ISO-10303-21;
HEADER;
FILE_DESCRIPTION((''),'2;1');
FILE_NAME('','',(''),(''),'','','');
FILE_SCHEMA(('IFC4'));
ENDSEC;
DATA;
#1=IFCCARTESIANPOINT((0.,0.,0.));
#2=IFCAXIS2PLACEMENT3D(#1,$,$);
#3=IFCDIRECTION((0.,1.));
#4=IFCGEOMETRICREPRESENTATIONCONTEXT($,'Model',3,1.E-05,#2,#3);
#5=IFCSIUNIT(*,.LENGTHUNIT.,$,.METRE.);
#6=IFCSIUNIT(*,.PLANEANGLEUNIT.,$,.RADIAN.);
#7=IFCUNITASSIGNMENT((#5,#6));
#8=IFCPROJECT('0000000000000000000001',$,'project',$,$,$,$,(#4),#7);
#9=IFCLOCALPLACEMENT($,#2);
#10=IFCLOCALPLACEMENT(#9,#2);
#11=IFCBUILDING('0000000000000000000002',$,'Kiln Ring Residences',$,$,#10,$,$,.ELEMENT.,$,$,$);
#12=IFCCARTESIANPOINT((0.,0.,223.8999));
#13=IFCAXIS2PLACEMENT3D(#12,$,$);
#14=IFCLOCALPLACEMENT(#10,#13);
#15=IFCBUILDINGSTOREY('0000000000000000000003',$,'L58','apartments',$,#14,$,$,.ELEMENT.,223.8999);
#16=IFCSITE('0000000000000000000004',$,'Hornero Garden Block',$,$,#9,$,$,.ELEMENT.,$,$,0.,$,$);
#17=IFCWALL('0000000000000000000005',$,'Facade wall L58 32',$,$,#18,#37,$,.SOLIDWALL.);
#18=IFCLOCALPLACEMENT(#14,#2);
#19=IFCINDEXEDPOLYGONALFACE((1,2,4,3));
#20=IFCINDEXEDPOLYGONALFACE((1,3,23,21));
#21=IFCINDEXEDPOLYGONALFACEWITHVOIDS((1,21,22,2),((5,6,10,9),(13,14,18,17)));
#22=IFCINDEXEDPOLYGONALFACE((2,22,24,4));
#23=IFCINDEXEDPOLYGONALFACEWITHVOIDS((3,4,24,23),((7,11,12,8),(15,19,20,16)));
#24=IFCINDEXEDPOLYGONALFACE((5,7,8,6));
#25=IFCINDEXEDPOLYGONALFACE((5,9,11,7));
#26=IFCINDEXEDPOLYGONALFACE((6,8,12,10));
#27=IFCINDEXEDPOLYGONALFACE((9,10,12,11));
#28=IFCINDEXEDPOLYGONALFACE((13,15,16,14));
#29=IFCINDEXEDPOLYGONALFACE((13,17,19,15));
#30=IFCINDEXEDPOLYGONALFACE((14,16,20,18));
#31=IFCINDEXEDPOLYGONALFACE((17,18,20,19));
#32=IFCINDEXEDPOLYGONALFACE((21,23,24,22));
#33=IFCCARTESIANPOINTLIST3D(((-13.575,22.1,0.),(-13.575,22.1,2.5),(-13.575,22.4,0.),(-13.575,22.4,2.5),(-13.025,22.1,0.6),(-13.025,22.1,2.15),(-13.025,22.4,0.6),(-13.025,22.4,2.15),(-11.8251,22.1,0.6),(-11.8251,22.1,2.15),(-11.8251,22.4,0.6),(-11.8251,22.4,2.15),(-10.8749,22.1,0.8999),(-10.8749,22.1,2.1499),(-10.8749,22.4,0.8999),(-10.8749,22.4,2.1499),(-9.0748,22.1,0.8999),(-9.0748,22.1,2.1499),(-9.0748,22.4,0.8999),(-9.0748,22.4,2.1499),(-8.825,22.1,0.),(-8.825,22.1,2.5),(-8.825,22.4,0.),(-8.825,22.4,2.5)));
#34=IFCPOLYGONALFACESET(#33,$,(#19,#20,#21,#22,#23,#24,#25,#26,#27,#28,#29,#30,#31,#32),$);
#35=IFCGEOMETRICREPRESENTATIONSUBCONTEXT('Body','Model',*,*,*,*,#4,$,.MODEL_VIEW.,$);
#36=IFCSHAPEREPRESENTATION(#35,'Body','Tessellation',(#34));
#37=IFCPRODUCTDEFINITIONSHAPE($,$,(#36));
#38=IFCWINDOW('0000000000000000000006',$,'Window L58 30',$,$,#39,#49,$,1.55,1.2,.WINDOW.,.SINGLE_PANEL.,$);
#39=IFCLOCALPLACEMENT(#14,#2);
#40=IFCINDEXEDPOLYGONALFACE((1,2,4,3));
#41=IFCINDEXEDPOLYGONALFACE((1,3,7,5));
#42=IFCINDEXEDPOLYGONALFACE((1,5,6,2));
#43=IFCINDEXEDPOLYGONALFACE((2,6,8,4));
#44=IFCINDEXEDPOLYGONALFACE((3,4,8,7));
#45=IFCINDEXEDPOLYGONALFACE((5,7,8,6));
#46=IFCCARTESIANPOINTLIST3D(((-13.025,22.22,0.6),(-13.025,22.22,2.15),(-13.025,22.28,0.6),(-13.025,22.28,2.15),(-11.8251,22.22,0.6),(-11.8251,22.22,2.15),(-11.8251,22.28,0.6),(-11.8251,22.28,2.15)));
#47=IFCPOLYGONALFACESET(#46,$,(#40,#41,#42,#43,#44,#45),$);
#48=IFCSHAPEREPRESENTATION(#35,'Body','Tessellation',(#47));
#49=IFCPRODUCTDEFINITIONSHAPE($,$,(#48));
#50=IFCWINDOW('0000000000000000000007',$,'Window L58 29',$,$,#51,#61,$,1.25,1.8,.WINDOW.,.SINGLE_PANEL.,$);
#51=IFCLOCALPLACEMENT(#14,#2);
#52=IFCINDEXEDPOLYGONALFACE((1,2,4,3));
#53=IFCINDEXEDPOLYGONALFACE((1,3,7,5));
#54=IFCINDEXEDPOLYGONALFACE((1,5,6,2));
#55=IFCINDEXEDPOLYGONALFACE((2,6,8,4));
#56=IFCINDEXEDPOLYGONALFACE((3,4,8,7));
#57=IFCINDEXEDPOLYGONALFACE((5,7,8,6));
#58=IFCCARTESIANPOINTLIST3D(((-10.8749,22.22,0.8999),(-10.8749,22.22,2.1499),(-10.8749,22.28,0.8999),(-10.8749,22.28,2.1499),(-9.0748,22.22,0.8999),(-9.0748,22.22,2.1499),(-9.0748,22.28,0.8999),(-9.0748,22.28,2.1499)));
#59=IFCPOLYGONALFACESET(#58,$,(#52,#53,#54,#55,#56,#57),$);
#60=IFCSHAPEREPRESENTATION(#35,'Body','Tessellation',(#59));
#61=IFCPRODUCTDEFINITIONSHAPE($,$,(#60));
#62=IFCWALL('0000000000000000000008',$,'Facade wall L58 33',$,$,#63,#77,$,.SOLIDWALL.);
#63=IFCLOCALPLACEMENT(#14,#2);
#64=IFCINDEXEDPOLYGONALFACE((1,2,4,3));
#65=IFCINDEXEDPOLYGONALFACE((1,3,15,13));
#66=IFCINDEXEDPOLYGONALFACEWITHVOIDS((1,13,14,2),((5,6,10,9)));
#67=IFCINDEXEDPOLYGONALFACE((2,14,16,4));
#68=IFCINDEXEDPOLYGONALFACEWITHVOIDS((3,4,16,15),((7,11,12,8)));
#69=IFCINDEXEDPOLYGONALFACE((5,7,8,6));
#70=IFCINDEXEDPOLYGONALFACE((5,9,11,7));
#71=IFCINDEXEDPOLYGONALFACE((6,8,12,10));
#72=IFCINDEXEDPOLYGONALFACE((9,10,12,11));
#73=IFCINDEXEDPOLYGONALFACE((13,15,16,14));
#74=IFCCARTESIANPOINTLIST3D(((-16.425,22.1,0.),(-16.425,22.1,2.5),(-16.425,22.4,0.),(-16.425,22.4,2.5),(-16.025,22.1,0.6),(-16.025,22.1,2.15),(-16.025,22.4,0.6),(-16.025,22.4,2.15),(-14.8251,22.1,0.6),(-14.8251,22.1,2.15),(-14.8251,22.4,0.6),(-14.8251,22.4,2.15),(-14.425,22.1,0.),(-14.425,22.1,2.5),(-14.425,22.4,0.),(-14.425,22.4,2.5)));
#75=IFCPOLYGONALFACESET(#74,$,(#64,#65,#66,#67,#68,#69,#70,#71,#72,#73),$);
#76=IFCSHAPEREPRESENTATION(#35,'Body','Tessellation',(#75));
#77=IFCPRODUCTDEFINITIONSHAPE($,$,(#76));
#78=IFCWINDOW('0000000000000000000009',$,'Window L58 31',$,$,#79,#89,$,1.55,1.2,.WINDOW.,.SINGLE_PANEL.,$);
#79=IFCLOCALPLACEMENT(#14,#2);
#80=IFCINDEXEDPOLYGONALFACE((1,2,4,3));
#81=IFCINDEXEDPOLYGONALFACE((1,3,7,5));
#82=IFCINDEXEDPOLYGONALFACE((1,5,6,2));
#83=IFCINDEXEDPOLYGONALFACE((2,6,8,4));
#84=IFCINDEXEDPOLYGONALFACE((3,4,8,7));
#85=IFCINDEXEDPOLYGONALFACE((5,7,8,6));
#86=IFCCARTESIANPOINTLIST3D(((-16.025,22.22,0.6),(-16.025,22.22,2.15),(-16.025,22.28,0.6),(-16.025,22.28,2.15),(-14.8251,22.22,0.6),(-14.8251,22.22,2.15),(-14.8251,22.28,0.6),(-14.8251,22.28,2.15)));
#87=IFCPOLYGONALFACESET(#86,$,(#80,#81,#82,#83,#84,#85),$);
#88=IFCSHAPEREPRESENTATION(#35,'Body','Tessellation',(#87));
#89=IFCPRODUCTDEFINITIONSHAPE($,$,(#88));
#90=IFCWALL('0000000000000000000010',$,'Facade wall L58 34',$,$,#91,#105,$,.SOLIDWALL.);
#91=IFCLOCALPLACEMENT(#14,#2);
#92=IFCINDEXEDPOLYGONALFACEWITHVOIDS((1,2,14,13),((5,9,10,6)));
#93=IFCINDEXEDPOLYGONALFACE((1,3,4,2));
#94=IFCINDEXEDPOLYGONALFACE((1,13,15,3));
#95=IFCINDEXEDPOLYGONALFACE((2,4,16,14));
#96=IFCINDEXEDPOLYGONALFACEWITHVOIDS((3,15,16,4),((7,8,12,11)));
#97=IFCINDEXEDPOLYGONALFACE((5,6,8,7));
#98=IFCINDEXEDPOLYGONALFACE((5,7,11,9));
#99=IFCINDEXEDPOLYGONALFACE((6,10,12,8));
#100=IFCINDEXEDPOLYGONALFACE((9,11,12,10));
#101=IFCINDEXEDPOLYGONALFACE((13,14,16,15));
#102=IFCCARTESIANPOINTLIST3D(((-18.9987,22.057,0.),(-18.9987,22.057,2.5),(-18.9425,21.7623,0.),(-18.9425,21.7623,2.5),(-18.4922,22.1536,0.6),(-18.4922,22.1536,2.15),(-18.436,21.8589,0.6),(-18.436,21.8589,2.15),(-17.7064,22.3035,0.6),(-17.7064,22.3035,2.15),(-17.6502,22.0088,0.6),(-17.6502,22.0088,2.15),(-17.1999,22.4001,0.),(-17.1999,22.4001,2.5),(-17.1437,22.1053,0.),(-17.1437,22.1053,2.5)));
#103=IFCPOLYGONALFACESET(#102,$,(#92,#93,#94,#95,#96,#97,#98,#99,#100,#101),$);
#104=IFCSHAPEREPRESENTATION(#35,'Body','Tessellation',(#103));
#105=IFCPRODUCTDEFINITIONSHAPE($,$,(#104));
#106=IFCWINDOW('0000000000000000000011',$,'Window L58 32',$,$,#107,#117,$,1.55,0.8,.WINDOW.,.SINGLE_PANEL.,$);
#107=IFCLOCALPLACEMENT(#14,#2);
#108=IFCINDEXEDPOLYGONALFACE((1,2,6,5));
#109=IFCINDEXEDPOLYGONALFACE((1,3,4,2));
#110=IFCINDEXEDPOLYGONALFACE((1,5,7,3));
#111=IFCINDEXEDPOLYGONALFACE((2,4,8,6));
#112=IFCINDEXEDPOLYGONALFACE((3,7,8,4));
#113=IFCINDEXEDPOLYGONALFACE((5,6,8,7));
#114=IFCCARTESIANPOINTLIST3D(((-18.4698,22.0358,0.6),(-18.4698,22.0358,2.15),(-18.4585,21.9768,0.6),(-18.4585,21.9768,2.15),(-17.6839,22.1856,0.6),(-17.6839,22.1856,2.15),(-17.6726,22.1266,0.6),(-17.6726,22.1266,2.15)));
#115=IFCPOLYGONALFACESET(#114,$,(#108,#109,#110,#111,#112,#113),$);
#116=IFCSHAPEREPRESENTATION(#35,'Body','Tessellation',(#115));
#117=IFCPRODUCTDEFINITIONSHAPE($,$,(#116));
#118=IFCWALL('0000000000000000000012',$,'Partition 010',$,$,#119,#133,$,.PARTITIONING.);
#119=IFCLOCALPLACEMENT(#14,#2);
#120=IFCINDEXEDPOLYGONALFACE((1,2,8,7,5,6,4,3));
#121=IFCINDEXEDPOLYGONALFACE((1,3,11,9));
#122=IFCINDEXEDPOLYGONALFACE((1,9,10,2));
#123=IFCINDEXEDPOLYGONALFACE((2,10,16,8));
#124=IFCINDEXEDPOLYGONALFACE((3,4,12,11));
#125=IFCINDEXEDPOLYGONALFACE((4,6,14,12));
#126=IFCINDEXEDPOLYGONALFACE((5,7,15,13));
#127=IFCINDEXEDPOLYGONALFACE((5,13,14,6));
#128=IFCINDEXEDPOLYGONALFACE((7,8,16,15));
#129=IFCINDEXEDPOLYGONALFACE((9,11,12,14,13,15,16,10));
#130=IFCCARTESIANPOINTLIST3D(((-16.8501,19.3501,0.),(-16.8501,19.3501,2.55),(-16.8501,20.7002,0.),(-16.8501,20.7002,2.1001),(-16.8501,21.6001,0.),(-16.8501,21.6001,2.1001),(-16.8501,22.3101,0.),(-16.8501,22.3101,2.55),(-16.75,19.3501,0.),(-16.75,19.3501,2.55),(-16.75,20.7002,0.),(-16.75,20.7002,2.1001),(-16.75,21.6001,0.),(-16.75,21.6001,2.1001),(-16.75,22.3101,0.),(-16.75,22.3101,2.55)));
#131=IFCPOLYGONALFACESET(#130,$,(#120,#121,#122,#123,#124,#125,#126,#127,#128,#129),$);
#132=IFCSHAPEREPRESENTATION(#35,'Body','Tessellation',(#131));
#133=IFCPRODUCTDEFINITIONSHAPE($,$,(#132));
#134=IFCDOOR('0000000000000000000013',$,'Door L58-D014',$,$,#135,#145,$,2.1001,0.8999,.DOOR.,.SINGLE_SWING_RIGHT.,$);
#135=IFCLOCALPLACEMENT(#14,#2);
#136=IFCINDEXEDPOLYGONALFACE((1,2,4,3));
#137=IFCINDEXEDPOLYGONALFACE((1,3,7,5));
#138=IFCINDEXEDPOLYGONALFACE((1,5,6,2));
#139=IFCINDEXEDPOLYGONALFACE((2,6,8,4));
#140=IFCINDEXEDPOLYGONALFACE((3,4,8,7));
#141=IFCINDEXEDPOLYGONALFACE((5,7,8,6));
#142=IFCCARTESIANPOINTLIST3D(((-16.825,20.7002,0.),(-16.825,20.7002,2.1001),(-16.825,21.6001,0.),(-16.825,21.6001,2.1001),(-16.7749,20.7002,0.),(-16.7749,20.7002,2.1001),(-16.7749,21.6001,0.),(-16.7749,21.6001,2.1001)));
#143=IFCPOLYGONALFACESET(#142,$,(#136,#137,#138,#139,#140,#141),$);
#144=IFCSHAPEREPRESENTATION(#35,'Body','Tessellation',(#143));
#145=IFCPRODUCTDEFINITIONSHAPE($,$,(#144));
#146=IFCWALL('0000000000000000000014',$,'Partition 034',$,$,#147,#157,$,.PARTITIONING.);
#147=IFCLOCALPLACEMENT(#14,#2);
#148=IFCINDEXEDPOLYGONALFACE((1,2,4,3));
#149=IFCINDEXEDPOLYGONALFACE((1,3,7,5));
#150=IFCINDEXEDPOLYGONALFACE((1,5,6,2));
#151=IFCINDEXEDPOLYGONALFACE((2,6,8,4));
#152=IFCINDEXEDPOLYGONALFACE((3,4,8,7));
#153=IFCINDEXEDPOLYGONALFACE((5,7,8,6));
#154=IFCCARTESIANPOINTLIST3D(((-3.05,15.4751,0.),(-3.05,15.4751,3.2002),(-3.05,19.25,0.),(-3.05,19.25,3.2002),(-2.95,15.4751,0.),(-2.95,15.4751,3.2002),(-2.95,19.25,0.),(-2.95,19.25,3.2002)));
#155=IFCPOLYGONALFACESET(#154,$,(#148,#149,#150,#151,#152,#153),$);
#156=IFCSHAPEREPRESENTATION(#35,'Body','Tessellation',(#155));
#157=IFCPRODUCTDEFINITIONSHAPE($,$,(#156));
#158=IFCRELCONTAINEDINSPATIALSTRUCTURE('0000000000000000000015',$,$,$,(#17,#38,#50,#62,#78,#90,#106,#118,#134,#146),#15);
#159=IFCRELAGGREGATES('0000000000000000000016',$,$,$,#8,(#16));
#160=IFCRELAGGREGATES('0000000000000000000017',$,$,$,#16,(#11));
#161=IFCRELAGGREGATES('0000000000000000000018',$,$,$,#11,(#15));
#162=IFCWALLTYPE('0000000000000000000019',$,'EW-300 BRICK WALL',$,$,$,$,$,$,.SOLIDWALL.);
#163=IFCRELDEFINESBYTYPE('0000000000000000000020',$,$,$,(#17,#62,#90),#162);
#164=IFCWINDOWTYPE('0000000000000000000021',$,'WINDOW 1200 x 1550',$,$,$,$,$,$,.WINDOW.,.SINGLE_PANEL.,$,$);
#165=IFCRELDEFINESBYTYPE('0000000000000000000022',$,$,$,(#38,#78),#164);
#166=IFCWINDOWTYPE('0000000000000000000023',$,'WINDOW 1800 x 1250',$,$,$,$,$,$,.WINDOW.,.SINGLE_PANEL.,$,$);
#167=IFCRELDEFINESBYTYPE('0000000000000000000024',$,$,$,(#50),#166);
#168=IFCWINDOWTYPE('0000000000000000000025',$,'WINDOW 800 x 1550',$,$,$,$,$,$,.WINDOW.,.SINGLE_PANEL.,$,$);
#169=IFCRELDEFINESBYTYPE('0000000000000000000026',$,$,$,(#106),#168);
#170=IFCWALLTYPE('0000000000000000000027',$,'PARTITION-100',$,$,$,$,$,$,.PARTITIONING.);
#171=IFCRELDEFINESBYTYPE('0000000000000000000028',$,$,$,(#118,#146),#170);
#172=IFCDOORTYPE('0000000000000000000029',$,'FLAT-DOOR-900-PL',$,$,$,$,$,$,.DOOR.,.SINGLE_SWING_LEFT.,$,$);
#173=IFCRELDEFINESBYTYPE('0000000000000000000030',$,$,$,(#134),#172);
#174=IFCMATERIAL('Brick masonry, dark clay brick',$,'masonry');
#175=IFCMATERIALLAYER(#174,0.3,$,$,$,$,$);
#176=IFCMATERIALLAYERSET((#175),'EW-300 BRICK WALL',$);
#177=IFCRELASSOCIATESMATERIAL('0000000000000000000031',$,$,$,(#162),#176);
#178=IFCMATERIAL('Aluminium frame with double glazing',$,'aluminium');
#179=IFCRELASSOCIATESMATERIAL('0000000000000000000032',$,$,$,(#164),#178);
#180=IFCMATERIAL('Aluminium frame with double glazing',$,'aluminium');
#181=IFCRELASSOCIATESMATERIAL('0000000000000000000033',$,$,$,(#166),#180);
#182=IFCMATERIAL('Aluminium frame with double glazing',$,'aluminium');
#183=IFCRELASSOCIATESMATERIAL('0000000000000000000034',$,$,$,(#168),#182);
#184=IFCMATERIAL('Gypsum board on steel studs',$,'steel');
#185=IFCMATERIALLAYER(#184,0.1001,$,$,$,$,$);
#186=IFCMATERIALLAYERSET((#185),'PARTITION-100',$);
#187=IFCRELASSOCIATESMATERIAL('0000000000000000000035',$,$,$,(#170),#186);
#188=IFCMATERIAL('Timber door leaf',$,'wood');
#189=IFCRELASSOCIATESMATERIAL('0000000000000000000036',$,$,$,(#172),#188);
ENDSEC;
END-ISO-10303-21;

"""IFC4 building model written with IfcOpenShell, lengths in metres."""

from ifc_helpers import new_model, si_unit, direction, frame, frame_2d, origin, place, context, subcontext, project, spatial, rectangle, extrude, material, layer, layer_set, type_object, element, fill, save


model = new_model("IFC4")

# Units and contexts
model_context = context("Model", 3, precision=1e-05, world=origin(), true_north=direction((0.0, 1.0)))
body_context = subcontext(model_context, "Body", "Model", "MODEL_VIEW")
ifc_project = project(units=[si_unit("LENGTHUNIT", "METRE"), si_unit("PLANEANGLEUNIT", "RADIAN")], contexts=[model_context])

# Site, building, storey
site_placement = place(None, origin())
site = spatial("IfcSite", under=ifc_project, at=site_placement, Name="Hornero Garden Block", CompositionType="ELEMENT", RefElevation=0.0)
building_placement = place(site_placement, origin())
building = spatial("IfcBuilding", under=site, at=building_placement, Name="Kiln Ring Residences", CompositionType="ELEMENT")
storey_placement = place(building_placement, frame((0.0, 0.0, 223.8999)))
storey = spatial("IfcBuildingStorey", under=building, at=storey_placement, Name="L58", Description="apartments", CompositionType="ELEMENT", Elevation=223.8999)

# Wall, openings, windows
ifc_material_1 = material(Name="Brick masonry, dark clay brick", Category="masonry")
ifc_layer_1 = layer(ifc_material_1, 0.3)
ifc_layer_set_1 = layer_set([ifc_layer_1], Name="EW-300 BRICK WALL")
wall_type_1 = type_object("IfcWallType", Name="EW-300 BRICK WALL", PredefinedType="SOLIDWALL", material=ifc_layer_set_1)
ifc_material_2 = material(Name="Aluminium frame with double glazing", Category="aluminium")
window_type_1 = type_object("IfcWindowType", Name="WINDOW 1200 x 1550", PartitioningType="SINGLE_PANEL", PredefinedType="WINDOW", material=ifc_material_2)
wall_1_placement = place(storey_placement, frame((-8.825, 22.25, 0.0), z_axis=(0.0, 0.0, 1.0), x_axis=(-1.0, 0.0, 0.0)))
wall_1 = element("IfcWall", 1, at=wall_1_placement, inside=storey, type_object=wall_type_1, Name="Facade wall L58 32", PredefinedType="SOLIDWALL", context=body_context, shape_type="SweptSolid", body=[
    extrude(rectangle(XDim=4.75, YDim=0.3, at=frame_2d((2.375, 0.0))), origin(), (0.0, 0.0, 1.0), 2.5),
])
opening_1_placement = place(wall_1_placement, frame((0.25, 0.0, 0.8999)))
opening_1 = element("IfcOpeningElement", 2, at=opening_1_placement, cuts=wall_1, PredefinedType="OPENING", context=body_context, shape_type="SweptSolid", body=[
    extrude(rectangle(XDim=1.8, YDim=1.25, at=frame_2d((0.8999, 0.625))), frame((0.0, 0.1599, 0.0), z_axis=(0.0, -1.0, 0.0), x_axis=(1.0, 0.0, 0.0)), (0.0, 0.0, 1.0), 0.3201),
])
opening_2_placement = place(wall_1_placement, frame((3.0, 0.0, 0.6001)))
opening_2 = element("IfcOpeningElement", 3, at=opening_2_placement, cuts=wall_1, PredefinedType="OPENING", context=body_context, shape_type="SweptSolid", body=[
    extrude(rectangle(XDim=1.2, YDim=1.55, at=frame_2d((0.6001, 0.7749))), frame((0.0, 0.1599, 0.0), z_axis=(0.0, -1.0, 0.0), x_axis=(1.0, 0.0, 0.0)), (0.0, 0.0, 1.0), 0.3201),
])
window_1_placement = place(opening_2_placement, origin())
window_1 = element("IfcWindow", 4, at=window_1_placement, inside=storey, type_object=window_type_1, Name="Window L58 30", OverallHeight=1.55, OverallWidth=1.2, PartitioningType="SINGLE_PANEL", PredefinedType="WINDOW", context=body_context, shape_type="SweptSolid", body=[
    extrude(rectangle(XDim=1.2, YDim=1.55, at=frame_2d((0.6001, 0.7749))), frame((0.0, 0.03, 0.0), z_axis=(0.0, -1.0, 0.0), x_axis=(1.0, 0.0, 0.0)), (0.0, 0.0, 1.0), 0.0601),
])
fill(opening_2, window_1)
ifc_material_3 = material(Name="Aluminium frame with double glazing", Category="aluminium")
window_type_2 = type_object("IfcWindowType", Name="WINDOW 1800 x 1250", PartitioningType="SINGLE_PANEL", PredefinedType="WINDOW", material=ifc_material_3)
window_2_placement = place(opening_1_placement, origin())
window_2 = element("IfcWindow", 5, at=window_2_placement, inside=storey, type_object=window_type_2, Name="Window L58 29", OverallHeight=1.25, OverallWidth=1.8, PartitioningType="SINGLE_PANEL", PredefinedType="WINDOW", context=body_context, shape_type="SweptSolid", body=[
    extrude(rectangle(XDim=1.8, YDim=1.25, at=frame_2d((0.8999, 0.625))), frame((0.0, 0.03, 0.0), z_axis=(0.0, -1.0, 0.0), x_axis=(1.0, 0.0, 0.0)), (0.0, 0.0, 1.0), 0.0601),
])
fill(opening_1, window_2)

# Walls, openings, windows
wall_2_placement = place(storey_placement, frame((-14.425, 22.25, 0.0), z_axis=(0.0, 0.0, 1.0), x_axis=(-1.0, 0.0, 0.0)))
wall_2 = element("IfcWall", 6, at=wall_2_placement, inside=storey, type_object=wall_type_1, Name="Facade wall L58 33", PredefinedType="SOLIDWALL", context=body_context, shape_type="SweptSolid", body=[
    extrude(rectangle(XDim=2.0, YDim=0.3, at=frame_2d((1.0, 0.0))), origin(), (0.0, 0.0, 1.0), 2.5),
])
opening_3_placement = place(wall_2_placement, frame((0.3999, 0.0, 0.6001)))
opening_3 = element("IfcOpeningElement", 7, at=opening_3_placement, cuts=wall_2, PredefinedType="OPENING", context=body_context, shape_type="SweptSolid", body=[
    extrude(rectangle(XDim=1.2, YDim=1.55, at=frame_2d((0.6001, 0.7749))), frame((0.0, 0.1599, 0.0), z_axis=(0.0, -1.0, 0.0), x_axis=(1.0, 0.0, 0.0)), (0.0, 0.0, 1.0), 0.3201),
])
window_3_placement = place(opening_3_placement, origin())
window_3 = element("IfcWindow", 8, at=window_3_placement, inside=storey, type_object=window_type_1, Name="Window L58 31", OverallHeight=1.55, OverallWidth=1.2, PartitioningType="SINGLE_PANEL", PredefinedType="WINDOW", context=body_context, shape_type="SweptSolid", body=[
    extrude(rectangle(XDim=1.2, YDim=1.55, at=frame_2d((0.6001, 0.7749))), frame((0.0, 0.03, 0.0), z_axis=(0.0, -1.0, 0.0), x_axis=(1.0, 0.0, 0.0)), (0.0, 0.0, 1.0), 0.0601),
])
fill(opening_3, window_3)
wall_3_placement = place(storey_placement, frame((-17.1719, 22.2527, 0.0), z_axis=(0.0, 0.0, 1.0), x_axis=(-0.9823, -0.187314, 0.0)))
wall_3 = element("IfcWall", 9, at=wall_3_placement, inside=storey, type_object=wall_type_1, Name="Facade wall L58 34", PredefinedType="SOLIDWALL", context=body_context, shape_type="SweptSolid", body=[
    extrude(rectangle(XDim=1.8313, YDim=0.3, at=frame_2d((0.9155, 0.0))), origin(), (0.0, 0.0, 1.0), 2.5),
])
opening_4_placement = place(wall_3_placement, frame((0.5156, 0.0, 0.6001)))
opening_4 = element("IfcOpeningElement", 10, at=opening_4_placement, cuts=wall_3, PredefinedType="OPENING", context=body_context, shape_type="SweptSolid", body=[
    extrude(rectangle(XDim=0.8, YDim=1.55, at=frame_2d((0.3999, 0.7749))), frame((0.0, 0.1599, 0.0), z_axis=(0.0, -1.0, 0.0), x_axis=(1.0, 0.0, 0.0)), (0.0, 0.0, 1.0), 0.3201),
])
ifc_material_4 = material(Name="Aluminium frame with double glazing", Category="aluminium")
window_type_3 = type_object("IfcWindowType", Name="WINDOW 800 x 1550", PartitioningType="SINGLE_PANEL", PredefinedType="WINDOW", material=ifc_material_4)
window_4_placement = place(opening_4_placement, origin())
window_4 = element("IfcWindow", 11, at=window_4_placement, inside=storey, type_object=window_type_3, Name="Window L58 32", OverallHeight=1.55, OverallWidth=0.8, PartitioningType="SINGLE_PANEL", PredefinedType="WINDOW", context=body_context, shape_type="SweptSolid", body=[
    extrude(rectangle(XDim=0.8, YDim=1.55, at=frame_2d((0.3999, 0.7749))), frame((0.0, 0.03, 0.0), z_axis=(0.0, -1.0, 0.0), x_axis=(1.0, 0.0, 0.0)), (0.0, 0.0, 1.0), 0.0601),
])
fill(opening_4, window_4)

# Wall, opening, door
ifc_material_5 = material(Name="Gypsum board on steel studs", Category="steel")
ifc_layer_2 = layer(ifc_material_5, 0.1001)
ifc_layer_set_2 = layer_set([ifc_layer_2], Name="PARTITION-100")
wall_type_2 = type_object("IfcWallType", Name="PARTITION-100", PredefinedType="PARTITIONING", material=ifc_layer_set_2)
wall_4_placement = place(storey_placement, frame((-16.8, 19.3501, 0.0), z_axis=(0.0, 0.0, 1.0), x_axis=(0.0, 1.0, 0.0)))
wall_4 = element("IfcWall", 12, at=wall_4_placement, inside=storey, type_object=wall_type_2, Name="Partition 010", PredefinedType="PARTITIONING", context=body_context, shape_type="SweptSolid", body=[
    extrude(rectangle(XDim=2.96, YDim=0.1001, at=frame_2d((1.48, 0.0))), origin(), (0.0, 0.0, 1.0), 2.55),
])
opening_5_placement = place(wall_4_placement, frame((1.3501, 0.0, 0.0)))
opening_5 = element("IfcOpeningElement", 13, at=opening_5_placement, cuts=wall_4, PredefinedType="OPENING", context=body_context, shape_type="SweptSolid", body=[
    extrude(rectangle(XDim=0.8999, YDim=2.1001, at=frame_2d((0.45, 1.05))), frame((0.0, 0.0601, 0.0), z_axis=(0.0, -1.0, 0.0), x_axis=(1.0, 0.0, 0.0)), (0.0, 0.0, 1.0), 0.1201),
])
ifc_material_6 = material(Name="Timber door leaf", Category="wood")
door_type = type_object("IfcDoorType", Name="FLAT-DOOR-900-PL", OperationType="SINGLE_SWING_LEFT", PredefinedType="DOOR", material=ifc_material_6)
door_placement = place(opening_5_placement, origin())
door = element("IfcDoor", 14, at=door_placement, inside=storey, type_object=door_type, Name="Door L58-D014", OperationType="SINGLE_SWING_RIGHT", OverallHeight=2.1001, OverallWidth=0.8999, PredefinedType="DOOR", context=body_context, shape_type="SweptSolid", body=[
    extrude(rectangle(XDim=0.8999, YDim=2.1001, at=frame_2d((0.45, 1.05))), frame((0.0, 0.0249, 0.0), z_axis=(0.0, -1.0, 0.0), x_axis=(1.0, 0.0, 0.0)), (0.0, 0.0, 1.0), 0.05),
])
fill(opening_5, door)

# Wall
wall_5_placement = place(storey_placement, frame((-3.0, 15.4751, 0.0), z_axis=(0.0, 0.0, 1.0), x_axis=(0.0, 1.0, 0.0)))
element("IfcWall", 15, at=wall_5_placement, inside=storey, type_object=wall_type_2, Name="Partition 034", PredefinedType="PARTITIONING", context=body_context, shape_type="SweptSolid", body=[
    extrude(rectangle(XDim=3.7749, YDim=0.1001, at=frame_2d((1.8875, 0.0))), origin(), (0.0, 0.0, 1.0), 3.2002),
])

save(model, "model.ifc")
